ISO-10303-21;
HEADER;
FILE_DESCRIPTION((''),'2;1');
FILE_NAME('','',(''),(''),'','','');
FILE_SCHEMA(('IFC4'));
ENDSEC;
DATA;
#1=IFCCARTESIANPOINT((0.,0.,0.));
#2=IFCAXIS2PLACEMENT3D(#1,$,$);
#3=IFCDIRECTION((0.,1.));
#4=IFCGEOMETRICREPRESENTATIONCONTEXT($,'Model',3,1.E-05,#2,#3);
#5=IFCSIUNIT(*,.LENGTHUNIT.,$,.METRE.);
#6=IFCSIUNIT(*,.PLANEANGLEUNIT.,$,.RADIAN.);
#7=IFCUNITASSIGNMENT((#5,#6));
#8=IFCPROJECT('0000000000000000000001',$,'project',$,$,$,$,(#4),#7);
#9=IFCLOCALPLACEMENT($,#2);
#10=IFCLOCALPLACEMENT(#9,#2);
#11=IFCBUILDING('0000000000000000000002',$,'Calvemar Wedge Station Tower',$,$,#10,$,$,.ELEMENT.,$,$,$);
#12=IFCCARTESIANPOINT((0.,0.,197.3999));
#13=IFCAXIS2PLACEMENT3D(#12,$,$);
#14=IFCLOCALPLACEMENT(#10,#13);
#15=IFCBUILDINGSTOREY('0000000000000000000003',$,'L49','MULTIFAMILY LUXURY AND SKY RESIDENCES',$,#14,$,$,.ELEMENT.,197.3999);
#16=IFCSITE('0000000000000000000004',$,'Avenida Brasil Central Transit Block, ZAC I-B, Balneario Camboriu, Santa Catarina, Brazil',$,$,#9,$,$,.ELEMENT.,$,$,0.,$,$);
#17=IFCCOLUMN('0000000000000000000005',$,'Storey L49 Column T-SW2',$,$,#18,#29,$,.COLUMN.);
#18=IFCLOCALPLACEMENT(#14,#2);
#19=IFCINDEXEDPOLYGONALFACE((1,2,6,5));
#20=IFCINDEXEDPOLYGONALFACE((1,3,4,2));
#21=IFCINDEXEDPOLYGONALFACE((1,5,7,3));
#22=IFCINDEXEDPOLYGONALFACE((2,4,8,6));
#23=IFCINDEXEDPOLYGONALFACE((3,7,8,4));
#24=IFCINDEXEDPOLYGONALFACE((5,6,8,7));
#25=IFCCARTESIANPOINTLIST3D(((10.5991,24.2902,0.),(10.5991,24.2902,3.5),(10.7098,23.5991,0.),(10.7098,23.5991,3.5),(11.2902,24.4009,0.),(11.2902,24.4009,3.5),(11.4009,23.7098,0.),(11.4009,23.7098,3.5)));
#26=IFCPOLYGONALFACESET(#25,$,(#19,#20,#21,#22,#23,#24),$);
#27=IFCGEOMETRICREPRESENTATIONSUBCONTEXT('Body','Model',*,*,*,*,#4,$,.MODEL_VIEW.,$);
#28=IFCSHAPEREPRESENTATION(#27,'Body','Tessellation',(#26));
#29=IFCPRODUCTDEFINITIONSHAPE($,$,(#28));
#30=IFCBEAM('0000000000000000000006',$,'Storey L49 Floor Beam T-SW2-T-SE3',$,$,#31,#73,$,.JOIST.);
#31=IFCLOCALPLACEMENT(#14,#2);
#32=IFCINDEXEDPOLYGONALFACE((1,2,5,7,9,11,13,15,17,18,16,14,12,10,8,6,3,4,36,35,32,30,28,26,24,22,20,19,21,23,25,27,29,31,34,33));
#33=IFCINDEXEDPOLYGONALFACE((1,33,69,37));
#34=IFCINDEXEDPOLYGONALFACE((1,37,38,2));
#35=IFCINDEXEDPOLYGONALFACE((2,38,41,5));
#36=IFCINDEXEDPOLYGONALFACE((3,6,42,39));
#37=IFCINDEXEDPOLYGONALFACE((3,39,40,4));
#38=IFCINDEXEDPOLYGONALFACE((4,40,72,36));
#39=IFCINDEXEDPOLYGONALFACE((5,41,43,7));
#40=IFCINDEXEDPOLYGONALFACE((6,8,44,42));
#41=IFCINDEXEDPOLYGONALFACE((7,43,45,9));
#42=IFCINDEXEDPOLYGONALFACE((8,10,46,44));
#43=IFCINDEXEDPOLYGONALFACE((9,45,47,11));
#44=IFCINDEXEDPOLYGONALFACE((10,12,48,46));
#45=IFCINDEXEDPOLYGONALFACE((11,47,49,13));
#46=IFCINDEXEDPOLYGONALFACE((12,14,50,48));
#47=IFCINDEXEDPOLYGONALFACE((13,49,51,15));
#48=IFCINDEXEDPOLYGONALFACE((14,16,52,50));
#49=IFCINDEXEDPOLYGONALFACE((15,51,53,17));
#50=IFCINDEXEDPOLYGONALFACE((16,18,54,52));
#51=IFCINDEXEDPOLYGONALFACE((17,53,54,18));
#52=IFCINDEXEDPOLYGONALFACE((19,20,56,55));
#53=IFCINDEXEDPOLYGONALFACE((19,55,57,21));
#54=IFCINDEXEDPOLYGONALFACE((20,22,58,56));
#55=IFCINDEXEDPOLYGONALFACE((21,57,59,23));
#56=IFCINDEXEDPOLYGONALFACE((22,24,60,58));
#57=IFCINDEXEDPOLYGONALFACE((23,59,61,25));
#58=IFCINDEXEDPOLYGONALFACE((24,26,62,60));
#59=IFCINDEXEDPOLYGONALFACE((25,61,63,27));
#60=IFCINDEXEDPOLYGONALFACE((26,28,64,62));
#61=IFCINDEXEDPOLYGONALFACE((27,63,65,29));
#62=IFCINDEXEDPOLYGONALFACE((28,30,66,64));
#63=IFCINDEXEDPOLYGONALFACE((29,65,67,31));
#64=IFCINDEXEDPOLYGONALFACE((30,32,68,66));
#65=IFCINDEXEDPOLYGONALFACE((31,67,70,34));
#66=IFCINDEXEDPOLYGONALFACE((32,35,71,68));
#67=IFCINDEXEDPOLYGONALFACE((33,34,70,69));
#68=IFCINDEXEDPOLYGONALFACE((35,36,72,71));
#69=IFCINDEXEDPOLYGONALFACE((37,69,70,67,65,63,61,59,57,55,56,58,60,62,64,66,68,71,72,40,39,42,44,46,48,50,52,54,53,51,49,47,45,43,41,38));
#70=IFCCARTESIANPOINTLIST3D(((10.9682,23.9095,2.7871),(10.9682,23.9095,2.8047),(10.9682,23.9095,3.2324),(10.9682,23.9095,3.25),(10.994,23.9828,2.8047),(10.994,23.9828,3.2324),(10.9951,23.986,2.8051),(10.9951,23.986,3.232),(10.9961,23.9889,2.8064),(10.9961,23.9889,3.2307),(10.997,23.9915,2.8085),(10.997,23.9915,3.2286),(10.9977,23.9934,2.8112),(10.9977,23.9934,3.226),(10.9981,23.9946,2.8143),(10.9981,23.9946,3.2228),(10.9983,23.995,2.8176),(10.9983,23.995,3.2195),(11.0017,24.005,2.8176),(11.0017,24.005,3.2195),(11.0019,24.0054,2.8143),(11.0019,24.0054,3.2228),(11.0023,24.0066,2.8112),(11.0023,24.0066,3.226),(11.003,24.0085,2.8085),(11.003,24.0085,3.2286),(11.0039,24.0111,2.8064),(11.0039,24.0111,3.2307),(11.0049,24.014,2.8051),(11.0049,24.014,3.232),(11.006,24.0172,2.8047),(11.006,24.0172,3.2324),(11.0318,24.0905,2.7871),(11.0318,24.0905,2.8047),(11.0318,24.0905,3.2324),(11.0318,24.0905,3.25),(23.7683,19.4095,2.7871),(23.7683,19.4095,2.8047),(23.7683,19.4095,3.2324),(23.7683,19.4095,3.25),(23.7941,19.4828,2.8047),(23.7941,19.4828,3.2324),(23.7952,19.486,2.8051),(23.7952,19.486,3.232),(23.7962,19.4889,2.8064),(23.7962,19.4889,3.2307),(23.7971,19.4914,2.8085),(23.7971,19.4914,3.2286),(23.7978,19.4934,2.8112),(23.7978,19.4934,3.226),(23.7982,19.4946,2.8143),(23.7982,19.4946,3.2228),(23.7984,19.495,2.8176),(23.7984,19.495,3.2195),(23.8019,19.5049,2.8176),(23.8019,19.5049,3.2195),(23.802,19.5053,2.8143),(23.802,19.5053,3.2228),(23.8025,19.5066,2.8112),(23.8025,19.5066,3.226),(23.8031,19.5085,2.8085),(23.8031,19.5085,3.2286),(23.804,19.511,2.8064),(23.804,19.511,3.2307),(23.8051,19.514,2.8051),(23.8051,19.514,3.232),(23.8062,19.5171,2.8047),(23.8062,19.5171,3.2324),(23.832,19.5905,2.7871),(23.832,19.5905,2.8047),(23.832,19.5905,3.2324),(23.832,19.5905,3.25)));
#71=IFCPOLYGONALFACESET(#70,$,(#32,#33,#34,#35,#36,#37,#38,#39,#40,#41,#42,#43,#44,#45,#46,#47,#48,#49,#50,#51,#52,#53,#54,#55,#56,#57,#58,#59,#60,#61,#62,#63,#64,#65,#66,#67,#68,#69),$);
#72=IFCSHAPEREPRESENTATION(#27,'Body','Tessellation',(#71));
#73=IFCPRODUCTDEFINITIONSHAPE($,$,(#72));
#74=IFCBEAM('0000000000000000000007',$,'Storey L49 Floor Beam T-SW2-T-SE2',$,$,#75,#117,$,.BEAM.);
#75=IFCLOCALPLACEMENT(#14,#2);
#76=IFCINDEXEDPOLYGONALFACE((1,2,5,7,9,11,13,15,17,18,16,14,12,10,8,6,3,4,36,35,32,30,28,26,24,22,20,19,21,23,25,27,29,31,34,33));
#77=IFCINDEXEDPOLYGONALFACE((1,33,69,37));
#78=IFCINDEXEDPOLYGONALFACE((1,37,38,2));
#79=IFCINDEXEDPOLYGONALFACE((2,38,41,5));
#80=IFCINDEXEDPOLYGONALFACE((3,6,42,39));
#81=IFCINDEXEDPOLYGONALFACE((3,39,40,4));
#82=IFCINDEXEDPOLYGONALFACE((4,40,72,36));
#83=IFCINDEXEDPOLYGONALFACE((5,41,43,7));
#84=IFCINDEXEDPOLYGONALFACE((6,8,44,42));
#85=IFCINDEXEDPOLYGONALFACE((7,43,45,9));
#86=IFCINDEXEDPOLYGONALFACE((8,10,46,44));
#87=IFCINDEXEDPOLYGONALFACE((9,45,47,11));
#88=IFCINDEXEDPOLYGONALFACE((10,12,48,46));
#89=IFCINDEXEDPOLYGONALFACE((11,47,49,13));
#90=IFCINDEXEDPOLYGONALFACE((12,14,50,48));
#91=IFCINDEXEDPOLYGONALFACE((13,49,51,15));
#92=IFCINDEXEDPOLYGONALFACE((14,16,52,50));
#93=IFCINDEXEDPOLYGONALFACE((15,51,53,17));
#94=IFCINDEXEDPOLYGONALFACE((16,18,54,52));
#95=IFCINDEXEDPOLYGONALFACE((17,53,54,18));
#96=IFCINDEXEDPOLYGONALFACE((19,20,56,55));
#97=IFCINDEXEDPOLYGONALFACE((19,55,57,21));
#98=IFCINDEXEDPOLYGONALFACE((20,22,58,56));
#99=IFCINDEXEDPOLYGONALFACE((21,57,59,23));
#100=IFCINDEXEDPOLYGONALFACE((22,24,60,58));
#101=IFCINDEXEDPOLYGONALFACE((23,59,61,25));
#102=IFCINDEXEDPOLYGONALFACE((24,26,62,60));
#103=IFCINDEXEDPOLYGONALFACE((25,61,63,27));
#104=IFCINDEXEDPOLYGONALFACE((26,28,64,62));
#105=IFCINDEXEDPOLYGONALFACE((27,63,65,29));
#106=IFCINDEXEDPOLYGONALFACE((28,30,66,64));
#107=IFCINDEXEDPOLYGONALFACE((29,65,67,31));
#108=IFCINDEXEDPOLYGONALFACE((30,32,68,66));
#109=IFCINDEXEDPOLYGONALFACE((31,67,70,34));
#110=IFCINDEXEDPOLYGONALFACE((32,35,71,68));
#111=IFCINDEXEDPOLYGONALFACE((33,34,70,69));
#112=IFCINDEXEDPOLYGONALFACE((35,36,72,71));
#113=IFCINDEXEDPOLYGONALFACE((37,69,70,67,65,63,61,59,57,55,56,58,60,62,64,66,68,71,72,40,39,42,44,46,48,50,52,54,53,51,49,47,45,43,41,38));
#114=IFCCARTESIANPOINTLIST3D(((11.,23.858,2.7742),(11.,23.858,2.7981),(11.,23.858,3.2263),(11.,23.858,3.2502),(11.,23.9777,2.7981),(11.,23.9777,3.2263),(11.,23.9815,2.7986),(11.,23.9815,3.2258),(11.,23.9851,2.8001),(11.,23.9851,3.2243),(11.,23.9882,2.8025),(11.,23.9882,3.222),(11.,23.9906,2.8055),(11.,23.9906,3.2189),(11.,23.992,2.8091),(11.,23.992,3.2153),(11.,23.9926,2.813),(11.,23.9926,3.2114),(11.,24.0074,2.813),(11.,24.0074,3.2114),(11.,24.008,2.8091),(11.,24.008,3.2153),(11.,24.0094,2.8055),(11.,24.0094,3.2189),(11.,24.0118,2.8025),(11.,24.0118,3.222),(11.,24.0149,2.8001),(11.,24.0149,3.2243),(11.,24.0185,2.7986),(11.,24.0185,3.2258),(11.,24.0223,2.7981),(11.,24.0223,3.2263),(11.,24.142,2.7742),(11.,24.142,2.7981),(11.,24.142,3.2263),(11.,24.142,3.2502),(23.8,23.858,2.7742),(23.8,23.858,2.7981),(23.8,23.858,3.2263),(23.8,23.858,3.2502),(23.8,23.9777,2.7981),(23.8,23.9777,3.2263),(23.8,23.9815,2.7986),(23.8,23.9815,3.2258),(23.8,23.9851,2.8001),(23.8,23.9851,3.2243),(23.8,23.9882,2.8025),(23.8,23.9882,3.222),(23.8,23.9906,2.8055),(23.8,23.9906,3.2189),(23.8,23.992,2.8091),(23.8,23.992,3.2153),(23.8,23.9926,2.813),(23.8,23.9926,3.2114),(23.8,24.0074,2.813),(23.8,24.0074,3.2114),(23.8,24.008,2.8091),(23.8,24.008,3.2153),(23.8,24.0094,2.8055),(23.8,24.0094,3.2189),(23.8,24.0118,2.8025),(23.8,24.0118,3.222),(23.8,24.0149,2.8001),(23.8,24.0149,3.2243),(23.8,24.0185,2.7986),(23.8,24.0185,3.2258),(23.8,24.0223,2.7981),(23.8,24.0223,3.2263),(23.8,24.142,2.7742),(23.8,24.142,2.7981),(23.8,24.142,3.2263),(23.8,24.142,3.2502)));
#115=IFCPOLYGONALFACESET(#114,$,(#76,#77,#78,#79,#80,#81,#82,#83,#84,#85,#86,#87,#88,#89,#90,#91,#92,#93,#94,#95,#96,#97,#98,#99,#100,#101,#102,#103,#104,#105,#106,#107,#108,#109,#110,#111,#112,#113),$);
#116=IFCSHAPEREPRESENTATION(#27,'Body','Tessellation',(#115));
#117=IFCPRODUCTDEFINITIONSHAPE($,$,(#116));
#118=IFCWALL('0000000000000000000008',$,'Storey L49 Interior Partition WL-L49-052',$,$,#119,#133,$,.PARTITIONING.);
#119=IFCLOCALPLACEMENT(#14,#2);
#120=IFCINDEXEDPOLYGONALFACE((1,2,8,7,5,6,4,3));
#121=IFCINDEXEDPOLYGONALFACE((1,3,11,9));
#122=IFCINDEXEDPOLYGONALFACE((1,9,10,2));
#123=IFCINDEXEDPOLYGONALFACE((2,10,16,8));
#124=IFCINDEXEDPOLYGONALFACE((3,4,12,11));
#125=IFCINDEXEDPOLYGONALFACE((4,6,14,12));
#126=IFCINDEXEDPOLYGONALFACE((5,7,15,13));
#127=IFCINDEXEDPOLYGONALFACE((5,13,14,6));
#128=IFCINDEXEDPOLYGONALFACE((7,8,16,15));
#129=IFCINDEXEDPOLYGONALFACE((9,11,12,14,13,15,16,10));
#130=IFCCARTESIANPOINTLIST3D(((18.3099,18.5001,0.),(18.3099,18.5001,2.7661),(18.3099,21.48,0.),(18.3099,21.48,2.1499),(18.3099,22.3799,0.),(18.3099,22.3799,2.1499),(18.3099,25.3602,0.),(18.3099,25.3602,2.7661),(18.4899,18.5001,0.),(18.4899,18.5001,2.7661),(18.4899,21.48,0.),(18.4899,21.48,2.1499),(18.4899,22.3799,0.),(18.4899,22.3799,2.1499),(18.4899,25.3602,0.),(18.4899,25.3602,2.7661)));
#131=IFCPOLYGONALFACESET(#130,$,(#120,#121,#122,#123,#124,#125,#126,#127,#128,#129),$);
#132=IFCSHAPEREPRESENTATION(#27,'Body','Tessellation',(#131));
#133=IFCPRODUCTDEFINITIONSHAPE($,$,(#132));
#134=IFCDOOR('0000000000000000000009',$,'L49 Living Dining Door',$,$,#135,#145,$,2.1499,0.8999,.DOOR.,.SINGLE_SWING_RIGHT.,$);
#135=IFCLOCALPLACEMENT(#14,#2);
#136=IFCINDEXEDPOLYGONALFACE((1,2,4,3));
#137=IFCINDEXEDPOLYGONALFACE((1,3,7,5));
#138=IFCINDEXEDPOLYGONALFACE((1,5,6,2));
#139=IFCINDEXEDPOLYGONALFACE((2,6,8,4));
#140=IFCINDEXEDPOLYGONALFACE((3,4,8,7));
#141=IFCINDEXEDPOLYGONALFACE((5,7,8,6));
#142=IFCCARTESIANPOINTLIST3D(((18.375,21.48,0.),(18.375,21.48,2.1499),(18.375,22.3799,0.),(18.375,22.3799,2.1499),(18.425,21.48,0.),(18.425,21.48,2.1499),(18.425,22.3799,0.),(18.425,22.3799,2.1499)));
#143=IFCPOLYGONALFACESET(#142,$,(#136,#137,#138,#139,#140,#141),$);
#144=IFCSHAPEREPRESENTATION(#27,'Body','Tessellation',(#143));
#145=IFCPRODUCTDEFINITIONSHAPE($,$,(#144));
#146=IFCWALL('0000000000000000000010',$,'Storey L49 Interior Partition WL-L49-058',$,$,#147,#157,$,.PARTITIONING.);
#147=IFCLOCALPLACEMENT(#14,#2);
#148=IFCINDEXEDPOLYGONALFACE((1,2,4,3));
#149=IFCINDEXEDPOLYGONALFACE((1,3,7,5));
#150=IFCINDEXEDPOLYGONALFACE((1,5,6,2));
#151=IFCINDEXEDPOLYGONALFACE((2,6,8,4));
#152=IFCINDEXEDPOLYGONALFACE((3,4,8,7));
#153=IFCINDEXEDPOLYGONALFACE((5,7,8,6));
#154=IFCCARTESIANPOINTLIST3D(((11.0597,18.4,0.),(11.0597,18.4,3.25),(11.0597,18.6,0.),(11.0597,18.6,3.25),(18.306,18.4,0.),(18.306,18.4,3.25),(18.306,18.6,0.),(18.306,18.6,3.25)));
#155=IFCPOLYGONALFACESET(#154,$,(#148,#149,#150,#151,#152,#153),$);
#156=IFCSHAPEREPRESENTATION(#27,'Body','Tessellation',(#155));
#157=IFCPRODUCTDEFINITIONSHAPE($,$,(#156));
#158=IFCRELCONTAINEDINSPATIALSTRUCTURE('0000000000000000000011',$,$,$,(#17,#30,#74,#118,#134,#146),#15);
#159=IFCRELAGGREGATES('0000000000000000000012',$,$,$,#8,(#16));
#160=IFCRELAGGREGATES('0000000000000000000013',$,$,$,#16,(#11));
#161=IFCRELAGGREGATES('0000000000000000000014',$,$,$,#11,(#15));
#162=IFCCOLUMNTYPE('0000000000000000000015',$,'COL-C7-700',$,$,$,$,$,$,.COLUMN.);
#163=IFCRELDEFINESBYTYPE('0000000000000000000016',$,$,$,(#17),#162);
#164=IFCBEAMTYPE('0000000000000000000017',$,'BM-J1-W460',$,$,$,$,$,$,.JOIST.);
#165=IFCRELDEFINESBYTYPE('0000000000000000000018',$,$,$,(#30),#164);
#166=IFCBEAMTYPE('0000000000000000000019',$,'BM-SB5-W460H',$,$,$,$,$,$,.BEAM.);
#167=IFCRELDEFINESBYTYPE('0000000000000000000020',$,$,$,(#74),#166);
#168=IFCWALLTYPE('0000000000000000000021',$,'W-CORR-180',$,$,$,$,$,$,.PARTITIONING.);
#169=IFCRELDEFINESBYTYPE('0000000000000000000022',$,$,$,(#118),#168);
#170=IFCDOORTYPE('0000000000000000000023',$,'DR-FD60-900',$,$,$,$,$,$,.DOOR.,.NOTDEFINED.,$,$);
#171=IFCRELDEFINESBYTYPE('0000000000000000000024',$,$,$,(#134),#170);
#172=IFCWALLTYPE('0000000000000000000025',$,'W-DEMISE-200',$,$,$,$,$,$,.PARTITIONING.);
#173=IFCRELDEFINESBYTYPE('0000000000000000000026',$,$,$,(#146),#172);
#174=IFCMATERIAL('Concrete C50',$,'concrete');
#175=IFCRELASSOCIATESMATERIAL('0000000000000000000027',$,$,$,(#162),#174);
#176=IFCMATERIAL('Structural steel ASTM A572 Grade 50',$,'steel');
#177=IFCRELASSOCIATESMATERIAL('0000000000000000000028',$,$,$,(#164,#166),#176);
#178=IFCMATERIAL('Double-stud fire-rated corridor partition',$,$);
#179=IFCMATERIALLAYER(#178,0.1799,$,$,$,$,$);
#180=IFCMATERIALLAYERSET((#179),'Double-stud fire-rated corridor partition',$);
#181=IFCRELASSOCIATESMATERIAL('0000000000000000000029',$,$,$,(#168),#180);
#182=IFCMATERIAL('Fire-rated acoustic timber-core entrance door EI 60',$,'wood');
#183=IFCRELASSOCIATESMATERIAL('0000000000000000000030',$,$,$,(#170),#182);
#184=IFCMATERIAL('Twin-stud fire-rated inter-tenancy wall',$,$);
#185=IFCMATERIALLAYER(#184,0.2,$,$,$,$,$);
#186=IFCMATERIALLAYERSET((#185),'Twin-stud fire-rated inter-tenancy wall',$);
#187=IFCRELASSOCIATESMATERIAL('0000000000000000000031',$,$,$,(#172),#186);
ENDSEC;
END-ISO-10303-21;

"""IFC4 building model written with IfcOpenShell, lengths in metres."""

from ifc_helpers import new_model, si_unit, direction, frame, frame_2d, origin, origin_2d, place, context, subcontext, project, spatial, rectangle, i_section, extrude, source, transform, mapped, material, layer, layer_set, material_profile, profile_set, type_object, element, fill, save


model = new_model("IFC4")

# Units and contexts
model_context = context("Model", 3, precision=1e-05, world=origin(), true_north=direction((0.0, 1.0)))
body_context = subcontext(model_context, "Body", "Model", "MODEL_VIEW")
ifc_project = project(units=[si_unit("LENGTHUNIT", "METRE"), si_unit("PLANEANGLEUNIT", "RADIAN")], contexts=[model_context])

# Site, building, storey
site_placement = place(None, origin())
site = spatial("IfcSite", under=ifc_project, at=site_placement, Name="Avenida Brasil Central Transit Block, ZAC I-B, Balneario Camboriu, Santa Catarina, Brazil", CompositionType="ELEMENT", RefElevation=0.0)
building_placement = place(site_placement, origin())
building = spatial("IfcBuilding", under=site, at=building_placement, Name="Calvemar Wedge Station Tower", CompositionType="ELEMENT")
storey_placement = place(building_placement, frame((0.0, 0.0, 197.3999)))
storey = spatial("IfcBuildingStorey", under=building, at=storey_placement, Name="L49", Description="MULTIFAMILY LUXURY AND SKY RESIDENCES", CompositionType="ELEMENT", Elevation=197.3999)

# Column
ifc_material_1 = material(Name="Concrete C50", Category="concrete")
ifc_material_profile_1 = material_profile(ifc_material_1, rectangle(XDim=0.7, YDim=0.7, at=origin_2d()), Name="RC700x700")
ifc_profile_set_1 = profile_set([ifc_material_profile_1], Name="Concrete C50")
column_type = type_object("IfcColumnType", Name="COL-C7-700", PredefinedType="COLUMN", material=ifc_profile_set_1)
shared_shape_1 = source(origin(), body_context, "Body", "SweptSolid", [
    extrude(rectangle(XDim=0.7, YDim=0.7, at=origin_2d()), origin(), (0.0, 0.0, 1.0), 3.5),
])
column_placement = place(storey_placement, frame((11.0, 24.0, 0.0), z_axis=(0.0, 0.0, 1.0), x_axis=(0.158158, -0.987414, 0.0)))
element("IfcColumn", 1, at=column_placement, inside=storey, type_object=column_type, Name="Storey L49 Column T-SW2", PredefinedType="COLUMN", context=body_context, shape_type="MappedRepresentation", body=[
    mapped(shared_shape_1, transform((0.0, 0.0, 0.0), scale=1.0)),
])

# Beams
ifc_material_2 = material(Name="Structural steel ASTM A572 Grade 50", Category="steel")
ifc_material_profile_2 = material_profile(ifc_material_2, i_section(OverallWidth=0.1919, OverallDepth=0.4629, WebThickness=0.0105, FlangeThickness=0.0176, FilletRadius=0.0129, at=origin_2d()), Name="W460x89")
ifc_profile_set_2 = profile_set([ifc_material_profile_2], Name="Structural steel ASTM A572 Grade 50")
beam_type_1 = type_object("IfcBeamType", Name="BM-J1-W460", PredefinedType="JOIST", material=ifc_profile_set_2)
shared_shape_2 = source(origin(), body_context, "Body", "SweptSolid", [
    extrude(i_section(OverallWidth=0.1919, OverallDepth=0.4629, WebThickness=0.0105, FlangeThickness=0.0176, FilletRadius=0.0129, at=origin_2d()), origin(), (0.0, 0.0, 1.0), 13.5681),
])
beam_1_placement = place(storey_placement, frame((11.0, 24.0, 3.0186), z_axis=(0.943398, -0.331662, 0.0), x_axis=(0.331662, 0.943398, 0.0)))
element("IfcBeam", 2, at=beam_1_placement, inside=storey, type_object=beam_type_1, Name="Storey L49 Floor Beam T-SW2-T-SE3", PredefinedType="JOIST", context=body_context, shape_type="MappedRepresentation", body=[
    mapped(shared_shape_2, transform((0.0, 0.0, 0.0), scale=1.0)),
])
ifc_material_profile_3 = material_profile(ifc_material_2, i_section(OverallWidth=0.2839, OverallDepth=0.4761, WebThickness=0.0149, FlangeThickness=0.0239, FilletRadius=0.0149, at=origin_2d()), Name="W460x158")
ifc_profile_set_3 = profile_set([ifc_material_profile_3], Name="Structural steel ASTM A572 Grade 50")
beam_type_2 = type_object("IfcBeamType", Name="BM-SB5-W460H", PredefinedType="BEAM", material=ifc_profile_set_3)
shared_shape_3 = source(origin(), body_context, "Body", "SweptSolid", [
    extrude(i_section(OverallWidth=0.2839, OverallDepth=0.4761, WebThickness=0.0149, FlangeThickness=0.0239, FilletRadius=0.0149, at=origin_2d()), origin(), (0.0, 0.0, 1.0), 12.8),
])
beam_2_placement = place(storey_placement, frame((11.0, 24.0, 3.0122), z_axis=(1.0, 0.0, 0.0), x_axis=(0.0, 1.0, 0.0)))
element("IfcBeam", 3, at=beam_2_placement, inside=storey, type_object=beam_type_2, Name="Storey L49 Floor Beam T-SW2-T-SE2", PredefinedType="BEAM", context=body_context, shape_type="MappedRepresentation", body=[
    mapped(shared_shape_3, transform((0.0, 0.0, 0.0), scale=1.0)),
])

# Wall, opening, door
ifc_material_3 = material(Name="Double-stud fire-rated corridor partition")
ifc_layer_1 = layer(ifc_material_3, 0.1799)
ifc_layer_set_1 = layer_set([ifc_layer_1], Name="Double-stud fire-rated corridor partition")
wall_type_1 = type_object("IfcWallType", Name="W-CORR-180", PredefinedType="PARTITIONING", material=ifc_layer_set_1)
wall_1_placement = place(storey_placement, frame((18.3999, 18.5, 0.0), z_axis=(0.0, 0.0, 1.0), x_axis=(0.0, 1.0, 0.0)))
wall_1 = element("IfcWall", 4, at=wall_1_placement, inside=storey, type_object=wall_type_1, Name="Storey L49 Interior Partition WL-L49-052", PredefinedType="PARTITIONING", context=body_context, shape_type="SweptSolid", body=[
    extrude(rectangle(XDim=6.8601, YDim=0.1799, at=frame_2d((3.4302, 0.0))), origin(), (0.0, 0.0, 1.0), 2.7661),
])
shared_shape_4 = source(origin(), body_context, "Body", "SweptSolid", [
    extrude(rectangle(XDim=0.8999, YDim=2.1499, at=frame_2d((0.45, 1.075))), frame((0.0, 0.1001, 0.0), z_axis=(0.0, -1.0, 0.0), x_axis=(1.0, 0.0, 0.0)), (0.0, 0.0, 1.0), 0.2),
])
opening_1_placement = place(wall_1_placement, frame((2.98, 0.0, 0.0)))
opening_1 = element("IfcOpeningElement", 5, at=opening_1_placement, cuts=wall_1, PredefinedType="OPENING", context=body_context, shape_type="MappedRepresentation", body=[
    mapped(shared_shape_4, transform((0.0, 0.0, 0.0), scale=1.0)),
])
ifc_material_4 = material(Name="Fire-rated acoustic timber-core entrance door EI 60", Category="wood")
door_type_1 = type_object("IfcDoorType", Name="DR-FD60-900", OperationType="NOTDEFINED", PredefinedType="DOOR", material=ifc_material_4)
shared_shape_5 = source(origin(), body_context, "Body", "SweptSolid", [
    extrude(rectangle(XDim=0.8999, YDim=2.1499, at=frame_2d((0.45, 1.075))), frame((0.0, 0.0249, 0.0), z_axis=(0.0, -1.0, 0.0), x_axis=(1.0, 0.0, 0.0)), (0.0, 0.0, 1.0), 0.05),
])
door_1_placement = place(opening_1_placement, origin())
door_1 = element("IfcDoor", 6, at=door_1_placement, inside=storey, type_object=door_type_1, Name="L49 Living Dining Door", OperationType="SINGLE_SWING_RIGHT", OverallHeight=2.1499, OverallWidth=0.8999, PredefinedType="DOOR", context=body_context, shape_type="MappedRepresentation", body=[
    mapped(shared_shape_5, transform((0.0, 0.0, 0.0), scale=1.0)),
])
fill(opening_1, door_1)

# Wall
ifc_material_5 = material(Name="Twin-stud fire-rated inter-tenancy wall")
ifc_layer_2 = layer(ifc_material_5, 0.2)
ifc_layer_set_2 = layer_set([ifc_layer_2], Name="Twin-stud fire-rated inter-tenancy wall")
wall_type_2 = type_object("IfcWallType", Name="W-DEMISE-200", PredefinedType="PARTITIONING", material=ifc_layer_set_2)
wall_2_placement = place(storey_placement, frame((18.3059, 18.5, 0.0), z_axis=(0.0, 0.0, 1.0), x_axis=(-1.0, 0.0, 0.0)))
element("IfcWall", 7, at=wall_2_placement, inside=storey, type_object=wall_type_2, Name="Storey L49 Interior Partition WL-L49-058", PredefinedType="PARTITIONING", context=body_context, shape_type="SweptSolid", body=[
    extrude(rectangle(XDim=7.2463, YDim=0.2, at=frame_2d((3.623, 0.0))), origin(), (0.0, 0.0, 1.0), 3.25),
])

save(model, "model.ifc")
